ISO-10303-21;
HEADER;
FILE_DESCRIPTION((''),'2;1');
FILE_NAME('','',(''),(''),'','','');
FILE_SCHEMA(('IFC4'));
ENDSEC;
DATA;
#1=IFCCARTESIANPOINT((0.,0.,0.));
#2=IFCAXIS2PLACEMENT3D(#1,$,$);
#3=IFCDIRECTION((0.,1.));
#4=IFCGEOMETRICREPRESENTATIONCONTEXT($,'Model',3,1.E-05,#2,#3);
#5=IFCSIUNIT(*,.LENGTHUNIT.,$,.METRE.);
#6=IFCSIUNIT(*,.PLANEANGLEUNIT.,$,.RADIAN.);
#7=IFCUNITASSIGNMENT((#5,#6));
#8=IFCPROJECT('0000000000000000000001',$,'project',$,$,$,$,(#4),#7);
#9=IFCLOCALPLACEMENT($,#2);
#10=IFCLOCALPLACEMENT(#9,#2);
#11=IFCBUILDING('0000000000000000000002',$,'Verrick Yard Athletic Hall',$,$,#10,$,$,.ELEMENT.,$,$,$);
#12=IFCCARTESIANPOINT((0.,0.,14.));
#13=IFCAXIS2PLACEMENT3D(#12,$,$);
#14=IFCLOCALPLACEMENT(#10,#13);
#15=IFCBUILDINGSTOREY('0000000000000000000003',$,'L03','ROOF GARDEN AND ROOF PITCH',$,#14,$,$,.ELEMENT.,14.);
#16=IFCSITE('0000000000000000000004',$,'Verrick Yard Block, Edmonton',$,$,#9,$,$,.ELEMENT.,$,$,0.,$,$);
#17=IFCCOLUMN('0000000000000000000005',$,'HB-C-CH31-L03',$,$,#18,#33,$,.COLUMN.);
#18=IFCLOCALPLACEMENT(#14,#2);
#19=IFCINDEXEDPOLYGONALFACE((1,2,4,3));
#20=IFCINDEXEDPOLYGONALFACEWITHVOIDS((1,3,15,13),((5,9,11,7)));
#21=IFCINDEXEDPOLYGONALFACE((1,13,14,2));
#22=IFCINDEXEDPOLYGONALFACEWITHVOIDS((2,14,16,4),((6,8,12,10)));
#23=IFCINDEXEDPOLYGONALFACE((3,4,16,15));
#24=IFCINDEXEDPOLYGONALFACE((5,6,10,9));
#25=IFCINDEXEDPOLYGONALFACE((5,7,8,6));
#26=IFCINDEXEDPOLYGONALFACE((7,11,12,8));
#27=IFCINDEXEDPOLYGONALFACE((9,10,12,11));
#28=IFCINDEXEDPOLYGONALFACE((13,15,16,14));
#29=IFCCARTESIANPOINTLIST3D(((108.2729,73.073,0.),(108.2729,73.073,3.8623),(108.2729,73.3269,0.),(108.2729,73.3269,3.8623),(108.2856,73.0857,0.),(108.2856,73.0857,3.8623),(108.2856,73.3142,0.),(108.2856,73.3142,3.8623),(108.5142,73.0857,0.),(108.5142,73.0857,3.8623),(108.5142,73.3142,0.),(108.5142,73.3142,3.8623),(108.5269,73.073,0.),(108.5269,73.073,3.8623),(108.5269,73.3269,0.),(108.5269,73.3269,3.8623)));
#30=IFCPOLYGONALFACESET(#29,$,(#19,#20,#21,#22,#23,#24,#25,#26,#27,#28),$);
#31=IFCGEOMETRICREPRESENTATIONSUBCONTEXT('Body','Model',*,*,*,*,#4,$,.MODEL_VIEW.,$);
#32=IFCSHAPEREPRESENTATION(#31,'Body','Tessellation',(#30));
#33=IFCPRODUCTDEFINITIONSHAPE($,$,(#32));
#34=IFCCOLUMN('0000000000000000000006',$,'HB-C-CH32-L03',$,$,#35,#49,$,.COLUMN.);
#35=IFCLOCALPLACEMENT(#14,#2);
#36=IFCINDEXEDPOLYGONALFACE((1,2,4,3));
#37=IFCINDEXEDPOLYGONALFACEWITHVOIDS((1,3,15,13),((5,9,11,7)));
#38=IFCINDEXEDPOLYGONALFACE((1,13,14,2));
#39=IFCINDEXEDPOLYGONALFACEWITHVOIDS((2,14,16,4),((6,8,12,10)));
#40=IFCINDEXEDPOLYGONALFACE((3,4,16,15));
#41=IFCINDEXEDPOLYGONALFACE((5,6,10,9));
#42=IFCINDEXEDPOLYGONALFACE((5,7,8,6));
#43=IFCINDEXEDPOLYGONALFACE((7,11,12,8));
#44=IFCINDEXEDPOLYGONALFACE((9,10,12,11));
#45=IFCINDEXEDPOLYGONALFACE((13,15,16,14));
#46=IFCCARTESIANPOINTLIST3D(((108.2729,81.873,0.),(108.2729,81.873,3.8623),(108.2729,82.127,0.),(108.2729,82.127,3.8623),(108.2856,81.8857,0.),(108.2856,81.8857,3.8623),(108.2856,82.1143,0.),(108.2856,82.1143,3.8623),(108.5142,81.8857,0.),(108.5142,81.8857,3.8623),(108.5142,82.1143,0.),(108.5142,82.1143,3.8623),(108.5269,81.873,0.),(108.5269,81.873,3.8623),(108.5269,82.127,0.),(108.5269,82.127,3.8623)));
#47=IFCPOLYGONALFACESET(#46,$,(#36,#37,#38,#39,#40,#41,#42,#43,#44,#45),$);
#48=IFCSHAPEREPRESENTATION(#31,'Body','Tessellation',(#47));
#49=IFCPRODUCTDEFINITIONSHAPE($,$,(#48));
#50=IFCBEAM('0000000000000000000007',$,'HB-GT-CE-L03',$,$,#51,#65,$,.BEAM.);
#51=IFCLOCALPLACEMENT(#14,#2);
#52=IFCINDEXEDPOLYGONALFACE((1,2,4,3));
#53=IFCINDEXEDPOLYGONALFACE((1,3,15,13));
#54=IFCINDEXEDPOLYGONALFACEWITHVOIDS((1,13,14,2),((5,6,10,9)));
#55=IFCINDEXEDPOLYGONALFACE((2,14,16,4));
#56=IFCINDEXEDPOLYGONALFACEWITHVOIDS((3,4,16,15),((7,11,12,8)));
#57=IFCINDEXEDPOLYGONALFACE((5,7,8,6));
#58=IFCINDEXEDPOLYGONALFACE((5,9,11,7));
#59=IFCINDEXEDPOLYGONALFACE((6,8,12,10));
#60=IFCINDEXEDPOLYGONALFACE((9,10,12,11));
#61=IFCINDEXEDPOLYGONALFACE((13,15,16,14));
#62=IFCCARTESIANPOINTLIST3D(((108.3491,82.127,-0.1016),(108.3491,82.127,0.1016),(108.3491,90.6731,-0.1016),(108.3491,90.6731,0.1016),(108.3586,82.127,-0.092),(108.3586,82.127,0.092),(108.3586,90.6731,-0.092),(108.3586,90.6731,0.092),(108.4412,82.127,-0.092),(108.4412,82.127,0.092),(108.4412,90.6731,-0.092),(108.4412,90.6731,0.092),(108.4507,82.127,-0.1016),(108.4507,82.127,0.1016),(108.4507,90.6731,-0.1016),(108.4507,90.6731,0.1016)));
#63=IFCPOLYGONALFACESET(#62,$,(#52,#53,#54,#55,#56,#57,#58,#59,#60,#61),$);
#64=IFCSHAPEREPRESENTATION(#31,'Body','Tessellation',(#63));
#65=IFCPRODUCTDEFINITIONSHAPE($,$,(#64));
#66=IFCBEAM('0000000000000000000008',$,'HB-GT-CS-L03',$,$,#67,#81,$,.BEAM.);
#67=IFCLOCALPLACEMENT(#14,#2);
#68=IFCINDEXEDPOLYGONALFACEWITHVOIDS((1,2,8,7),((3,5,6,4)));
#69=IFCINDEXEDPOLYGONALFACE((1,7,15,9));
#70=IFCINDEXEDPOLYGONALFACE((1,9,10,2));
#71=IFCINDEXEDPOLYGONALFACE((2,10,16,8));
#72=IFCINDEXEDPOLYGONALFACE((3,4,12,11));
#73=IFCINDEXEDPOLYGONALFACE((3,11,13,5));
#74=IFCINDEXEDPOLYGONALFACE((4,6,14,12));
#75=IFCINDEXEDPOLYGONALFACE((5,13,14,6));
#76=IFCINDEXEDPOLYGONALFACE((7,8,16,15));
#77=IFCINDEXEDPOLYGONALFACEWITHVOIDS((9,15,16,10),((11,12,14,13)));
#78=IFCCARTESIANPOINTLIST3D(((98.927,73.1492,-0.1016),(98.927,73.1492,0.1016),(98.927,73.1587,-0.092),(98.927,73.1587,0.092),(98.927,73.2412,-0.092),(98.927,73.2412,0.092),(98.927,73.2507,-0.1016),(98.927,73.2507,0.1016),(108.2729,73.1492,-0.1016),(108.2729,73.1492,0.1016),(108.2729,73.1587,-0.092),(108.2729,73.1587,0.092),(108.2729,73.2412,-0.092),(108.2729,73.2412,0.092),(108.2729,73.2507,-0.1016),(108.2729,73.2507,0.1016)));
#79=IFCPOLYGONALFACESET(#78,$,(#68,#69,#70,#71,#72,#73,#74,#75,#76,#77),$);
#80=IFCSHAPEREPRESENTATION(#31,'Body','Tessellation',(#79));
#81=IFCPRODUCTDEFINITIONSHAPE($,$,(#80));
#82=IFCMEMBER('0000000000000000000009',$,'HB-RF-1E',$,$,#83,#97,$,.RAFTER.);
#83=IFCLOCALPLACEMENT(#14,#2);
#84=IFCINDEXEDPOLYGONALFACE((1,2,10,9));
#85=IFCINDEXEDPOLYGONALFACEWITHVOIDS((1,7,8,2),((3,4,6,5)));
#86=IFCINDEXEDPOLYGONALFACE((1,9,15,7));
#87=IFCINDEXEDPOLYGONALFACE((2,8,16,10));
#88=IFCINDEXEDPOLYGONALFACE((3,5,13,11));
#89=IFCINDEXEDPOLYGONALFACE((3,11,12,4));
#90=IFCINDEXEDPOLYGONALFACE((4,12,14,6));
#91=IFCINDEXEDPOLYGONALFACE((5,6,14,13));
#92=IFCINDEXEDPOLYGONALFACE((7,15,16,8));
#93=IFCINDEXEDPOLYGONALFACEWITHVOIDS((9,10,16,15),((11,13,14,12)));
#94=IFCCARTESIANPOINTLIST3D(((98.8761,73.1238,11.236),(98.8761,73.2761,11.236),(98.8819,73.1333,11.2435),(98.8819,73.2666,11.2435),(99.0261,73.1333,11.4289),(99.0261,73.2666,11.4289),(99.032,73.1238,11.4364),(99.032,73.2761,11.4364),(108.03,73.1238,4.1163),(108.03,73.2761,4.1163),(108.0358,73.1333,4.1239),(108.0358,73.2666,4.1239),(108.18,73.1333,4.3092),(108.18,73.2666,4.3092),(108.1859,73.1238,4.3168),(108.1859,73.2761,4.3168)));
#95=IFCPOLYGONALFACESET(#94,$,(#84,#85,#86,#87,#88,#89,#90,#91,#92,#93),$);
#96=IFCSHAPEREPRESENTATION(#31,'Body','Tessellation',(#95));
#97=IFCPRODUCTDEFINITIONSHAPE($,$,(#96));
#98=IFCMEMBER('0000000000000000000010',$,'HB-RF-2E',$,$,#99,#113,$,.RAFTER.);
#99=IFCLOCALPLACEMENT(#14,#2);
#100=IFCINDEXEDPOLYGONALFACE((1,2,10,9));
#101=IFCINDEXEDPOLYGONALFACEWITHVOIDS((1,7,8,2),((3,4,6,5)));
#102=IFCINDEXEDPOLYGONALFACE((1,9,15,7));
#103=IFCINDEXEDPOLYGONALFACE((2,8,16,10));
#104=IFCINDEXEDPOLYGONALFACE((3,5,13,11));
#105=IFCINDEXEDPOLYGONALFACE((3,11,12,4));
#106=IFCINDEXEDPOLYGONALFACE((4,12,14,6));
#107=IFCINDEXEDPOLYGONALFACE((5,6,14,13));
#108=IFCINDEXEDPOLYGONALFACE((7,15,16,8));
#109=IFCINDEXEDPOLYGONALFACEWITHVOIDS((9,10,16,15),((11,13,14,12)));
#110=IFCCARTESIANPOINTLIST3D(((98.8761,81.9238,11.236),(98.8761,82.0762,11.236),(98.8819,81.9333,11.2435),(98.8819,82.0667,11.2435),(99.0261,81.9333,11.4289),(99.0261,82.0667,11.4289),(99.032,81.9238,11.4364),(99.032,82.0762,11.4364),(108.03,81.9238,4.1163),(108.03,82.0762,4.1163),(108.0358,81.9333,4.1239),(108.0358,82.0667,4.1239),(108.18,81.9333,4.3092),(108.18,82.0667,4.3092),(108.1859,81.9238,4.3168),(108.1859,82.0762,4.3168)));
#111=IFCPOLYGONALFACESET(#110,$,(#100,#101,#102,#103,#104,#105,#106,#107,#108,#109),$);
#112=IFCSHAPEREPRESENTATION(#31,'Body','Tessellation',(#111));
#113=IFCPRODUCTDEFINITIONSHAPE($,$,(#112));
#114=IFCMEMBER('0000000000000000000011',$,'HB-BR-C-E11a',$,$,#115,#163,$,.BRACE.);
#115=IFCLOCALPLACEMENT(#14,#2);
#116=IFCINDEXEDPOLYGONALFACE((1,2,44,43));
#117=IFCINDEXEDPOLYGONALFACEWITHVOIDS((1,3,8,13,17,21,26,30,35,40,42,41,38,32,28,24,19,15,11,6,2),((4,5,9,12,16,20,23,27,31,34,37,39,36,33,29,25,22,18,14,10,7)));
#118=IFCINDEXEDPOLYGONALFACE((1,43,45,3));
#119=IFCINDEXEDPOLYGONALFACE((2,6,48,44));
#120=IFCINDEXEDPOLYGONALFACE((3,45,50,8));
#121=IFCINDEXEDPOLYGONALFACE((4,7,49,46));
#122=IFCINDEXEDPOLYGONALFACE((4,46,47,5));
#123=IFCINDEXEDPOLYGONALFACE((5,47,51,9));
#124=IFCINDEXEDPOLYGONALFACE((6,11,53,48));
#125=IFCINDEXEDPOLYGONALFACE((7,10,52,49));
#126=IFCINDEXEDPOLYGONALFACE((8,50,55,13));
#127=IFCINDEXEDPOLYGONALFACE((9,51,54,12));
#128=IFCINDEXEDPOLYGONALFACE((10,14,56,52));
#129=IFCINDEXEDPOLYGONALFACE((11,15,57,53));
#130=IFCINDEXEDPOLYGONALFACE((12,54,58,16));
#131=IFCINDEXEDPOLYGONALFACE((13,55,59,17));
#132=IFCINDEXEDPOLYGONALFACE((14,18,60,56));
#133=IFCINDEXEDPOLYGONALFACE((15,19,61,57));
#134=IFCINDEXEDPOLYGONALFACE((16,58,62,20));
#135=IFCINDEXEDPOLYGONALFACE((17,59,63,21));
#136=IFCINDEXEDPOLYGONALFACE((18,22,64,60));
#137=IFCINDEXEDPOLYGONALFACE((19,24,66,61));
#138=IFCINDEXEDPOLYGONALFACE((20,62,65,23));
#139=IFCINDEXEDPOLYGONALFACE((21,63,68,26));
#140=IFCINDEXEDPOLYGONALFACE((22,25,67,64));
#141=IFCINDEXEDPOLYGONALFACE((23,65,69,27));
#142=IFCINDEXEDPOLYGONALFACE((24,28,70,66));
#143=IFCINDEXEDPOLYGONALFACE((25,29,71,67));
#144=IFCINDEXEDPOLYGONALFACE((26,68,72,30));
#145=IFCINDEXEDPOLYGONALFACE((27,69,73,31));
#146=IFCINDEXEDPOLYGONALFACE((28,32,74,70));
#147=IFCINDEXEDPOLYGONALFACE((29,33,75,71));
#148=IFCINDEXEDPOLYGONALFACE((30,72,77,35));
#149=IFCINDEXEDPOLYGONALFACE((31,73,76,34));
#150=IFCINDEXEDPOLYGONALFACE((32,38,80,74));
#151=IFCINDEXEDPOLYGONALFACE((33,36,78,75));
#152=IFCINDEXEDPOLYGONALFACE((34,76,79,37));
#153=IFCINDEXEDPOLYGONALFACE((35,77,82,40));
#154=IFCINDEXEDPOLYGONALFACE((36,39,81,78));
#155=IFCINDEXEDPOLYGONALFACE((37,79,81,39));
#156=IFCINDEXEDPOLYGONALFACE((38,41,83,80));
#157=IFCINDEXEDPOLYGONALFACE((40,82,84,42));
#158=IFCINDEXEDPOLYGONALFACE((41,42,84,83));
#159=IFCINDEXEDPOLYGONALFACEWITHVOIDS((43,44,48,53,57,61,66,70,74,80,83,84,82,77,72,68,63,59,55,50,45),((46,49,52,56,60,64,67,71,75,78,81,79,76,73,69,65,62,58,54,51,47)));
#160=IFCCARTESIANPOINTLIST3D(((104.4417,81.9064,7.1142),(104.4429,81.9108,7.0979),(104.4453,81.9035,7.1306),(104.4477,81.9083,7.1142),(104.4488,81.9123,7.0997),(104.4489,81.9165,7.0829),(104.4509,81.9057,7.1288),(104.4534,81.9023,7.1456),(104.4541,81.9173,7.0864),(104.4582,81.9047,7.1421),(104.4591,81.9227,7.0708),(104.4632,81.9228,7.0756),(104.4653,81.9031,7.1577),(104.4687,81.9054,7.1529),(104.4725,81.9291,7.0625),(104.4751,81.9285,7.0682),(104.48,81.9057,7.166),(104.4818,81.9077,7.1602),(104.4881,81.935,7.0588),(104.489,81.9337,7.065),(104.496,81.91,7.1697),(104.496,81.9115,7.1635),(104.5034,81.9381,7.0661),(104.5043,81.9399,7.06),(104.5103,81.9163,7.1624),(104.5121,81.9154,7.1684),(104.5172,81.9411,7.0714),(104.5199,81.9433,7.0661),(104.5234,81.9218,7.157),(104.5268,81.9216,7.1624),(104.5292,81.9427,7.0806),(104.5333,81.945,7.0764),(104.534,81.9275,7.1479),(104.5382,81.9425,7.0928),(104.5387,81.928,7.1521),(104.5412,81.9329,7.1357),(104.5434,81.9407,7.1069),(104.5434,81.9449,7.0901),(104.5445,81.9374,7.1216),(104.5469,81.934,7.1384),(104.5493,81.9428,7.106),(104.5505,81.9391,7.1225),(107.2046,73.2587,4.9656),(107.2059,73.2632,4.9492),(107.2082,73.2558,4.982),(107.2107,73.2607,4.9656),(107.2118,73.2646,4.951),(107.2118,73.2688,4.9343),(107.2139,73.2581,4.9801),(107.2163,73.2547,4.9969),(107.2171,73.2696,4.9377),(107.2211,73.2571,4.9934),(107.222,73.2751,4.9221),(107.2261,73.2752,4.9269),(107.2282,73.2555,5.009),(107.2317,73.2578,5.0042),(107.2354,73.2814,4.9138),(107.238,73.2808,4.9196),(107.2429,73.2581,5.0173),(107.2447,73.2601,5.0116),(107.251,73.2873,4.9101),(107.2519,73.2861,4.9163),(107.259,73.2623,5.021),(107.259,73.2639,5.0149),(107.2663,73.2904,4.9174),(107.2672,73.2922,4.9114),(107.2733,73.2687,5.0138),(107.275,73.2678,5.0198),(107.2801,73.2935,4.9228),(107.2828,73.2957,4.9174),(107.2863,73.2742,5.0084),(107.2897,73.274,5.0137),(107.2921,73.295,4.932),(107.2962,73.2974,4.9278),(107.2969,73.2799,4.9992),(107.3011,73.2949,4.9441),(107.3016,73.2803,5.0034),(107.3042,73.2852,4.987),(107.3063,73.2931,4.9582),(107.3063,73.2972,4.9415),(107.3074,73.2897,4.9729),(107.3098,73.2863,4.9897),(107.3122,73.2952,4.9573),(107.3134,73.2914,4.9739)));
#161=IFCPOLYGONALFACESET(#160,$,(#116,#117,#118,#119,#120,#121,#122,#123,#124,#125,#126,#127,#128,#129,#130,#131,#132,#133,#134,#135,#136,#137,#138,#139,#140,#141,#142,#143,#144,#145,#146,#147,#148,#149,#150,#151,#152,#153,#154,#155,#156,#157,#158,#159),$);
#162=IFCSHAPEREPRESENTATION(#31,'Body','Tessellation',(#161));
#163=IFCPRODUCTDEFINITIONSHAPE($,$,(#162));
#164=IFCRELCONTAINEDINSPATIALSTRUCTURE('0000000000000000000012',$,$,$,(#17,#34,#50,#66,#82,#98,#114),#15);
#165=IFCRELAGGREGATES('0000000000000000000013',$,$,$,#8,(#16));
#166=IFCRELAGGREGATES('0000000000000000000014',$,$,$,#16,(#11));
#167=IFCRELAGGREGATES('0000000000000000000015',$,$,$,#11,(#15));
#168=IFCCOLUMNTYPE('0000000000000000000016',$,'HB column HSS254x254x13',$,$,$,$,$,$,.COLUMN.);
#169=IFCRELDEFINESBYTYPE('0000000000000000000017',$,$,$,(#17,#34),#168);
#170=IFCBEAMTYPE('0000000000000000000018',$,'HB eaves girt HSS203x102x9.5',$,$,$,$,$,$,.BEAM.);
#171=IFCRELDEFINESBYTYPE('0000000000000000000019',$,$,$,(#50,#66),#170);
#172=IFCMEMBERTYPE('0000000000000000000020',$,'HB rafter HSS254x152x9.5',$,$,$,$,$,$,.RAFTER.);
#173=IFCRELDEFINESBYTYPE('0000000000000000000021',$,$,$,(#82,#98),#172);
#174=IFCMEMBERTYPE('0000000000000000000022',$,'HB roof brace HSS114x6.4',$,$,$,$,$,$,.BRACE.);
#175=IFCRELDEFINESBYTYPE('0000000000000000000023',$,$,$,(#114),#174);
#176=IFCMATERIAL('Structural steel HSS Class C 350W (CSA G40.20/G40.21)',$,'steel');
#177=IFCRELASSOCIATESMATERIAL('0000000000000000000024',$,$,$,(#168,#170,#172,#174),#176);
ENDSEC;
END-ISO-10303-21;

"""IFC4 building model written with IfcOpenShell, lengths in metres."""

from ifc_helpers import new_model, si_unit, direction, frame, origin, origin_2d, place, context, subcontext, project, spatial, hollow_rectangle, hollow_circle, extrude, material, material_profile, profile_set, type_object, element, save


model = new_model("IFC4")

# Units and contexts
model_context = context("Model", 3, precision=1e-05, world=origin(), true_north=direction((0.0, 1.0)))
body_context = subcontext(model_context, "Body", "Model", "MODEL_VIEW")
ifc_project = project(units=[si_unit("LENGTHUNIT", "METRE"), si_unit("PLANEANGLEUNIT", "RADIAN")], contexts=[model_context])

# Site, building, storey
site_placement = place(None, origin())
site = spatial("IfcSite", under=ifc_project, at=site_placement, Name="Verrick Yard Block, Edmonton", CompositionType="ELEMENT", RefElevation=0.0)
building_placement = place(site_placement, origin())
building = spatial("IfcBuilding", under=site, at=building_placement, Name="Verrick Yard Athletic Hall", CompositionType="ELEMENT")
storey_placement = place(building_placement, frame((0.0, 0.0, 14.0)))
storey = spatial("IfcBuildingStorey", under=building, at=storey_placement, Name="L03", Description="ROOF GARDEN AND ROOF PITCH", CompositionType="ELEMENT", Elevation=14.0)

# Columns
ifc_material_1 = material(Name="Structural steel HSS Class C 350W (CSA G40.20/G40.21)", Category="steel")
ifc_material_profile_1 = material_profile(ifc_material_1, hollow_rectangle(XDim=0.2539, YDim=0.2539, WallThickness=0.0127, at=origin_2d()), Name="HSS254x254x13")
ifc_profile_set_1 = profile_set([ifc_material_profile_1], Name="Structural steel HSS Class C 350W (CSA G40.20/G40.21)")
column_type = type_object("IfcColumnType", Name="HB column HSS254x254x13", PredefinedType="COLUMN", material=ifc_profile_set_1)
for number, where, z_axis, x_axis, name in (
    (1, (108.3999, 73.2, 0.0), (0.0, 0.0, 1.0), (1.0, 0.0, 0.0), "HB-C-CH31-L03"),
    (2, (108.3999, 82.0, 0.0), (0.0, 0.0, 1.0), (1.0, 0.0, 0.0), "HB-C-CH32-L03"),
):
    element("IfcColumn", number, at=place(storey_placement, frame(where, z_axis=z_axis, x_axis=x_axis)), inside=storey, type_object=column_type, Name=name, PredefinedType="COLUMN", context=body_context, shape_type="SweptSolid", body=[
        extrude(hollow_rectangle(XDim=0.2539, YDim=0.2539, WallThickness=0.0127, at=origin_2d()), origin(), (0.0, 0.0, 1.0), 3.8623),
    ])

# Beams
ifc_material_profile_2 = material_profile(ifc_material_1, hollow_rectangle(XDim=0.1016, YDim=0.2031, WallThickness=0.0095, at=origin_2d()), Name="HSS203x102x9.5")
ifc_profile_set_2 = profile_set([ifc_material_profile_2], Name="Structural steel HSS Class C 350W (CSA G40.20/G40.21)")
beam_type_1 = type_object("IfcBeamType", Name="HB eaves girt HSS203x102x9.5", PredefinedType="BEAM", material=ifc_profile_set_2)
beam_1_placement = place(storey_placement, frame((108.3999, 82.127, 0.0), z_axis=(0.0, 1.0, 0.0), x_axis=(-1.0, 0.0, 0.0)))
element("IfcBeam", 3, at=beam_1_placement, inside=storey, type_object=beam_type_1, Name="HB-GT-CE-L03", PredefinedType="BEAM", context=body_context, shape_type="SweptSolid", body=[
    extrude(hollow_rectangle(XDim=0.1016, YDim=0.2031, WallThickness=0.0095, at=origin_2d()), origin(), (0.0, 0.0, 1.0), 8.5461),
])
beam_2_placement = place(storey_placement, frame((98.927, 73.2, 0.0), z_axis=(1.0, 0.0, 0.0), x_axis=(0.0, 1.0, 0.0)))
element("IfcBeam", 4, at=beam_2_placement, inside=storey, type_object=beam_type_1, Name="HB-GT-CS-L03", PredefinedType="BEAM", context=body_context, shape_type="SweptSolid", body=[
    extrude(hollow_rectangle(XDim=0.1016, YDim=0.2031, WallThickness=0.0095, at=origin_2d()), origin(), (0.0, 0.0, 1.0), 9.3459),
])

# Members
ifc_material_profile_3 = material_profile(ifc_material_1, hollow_rectangle(XDim=0.1523, YDim=0.2539, WallThickness=0.0095, at=origin_2d()), Name="HSS254x152x9.5")
ifc_profile_set_3 = profile_set([ifc_material_profile_3], Name="Structural steel HSS Class C 350W (CSA G40.20/G40.21)")
member_type_1 = type_object("IfcMemberType", Name="HB rafter HSS254x152x9.5", PredefinedType="RAFTER", material=ifc_profile_set_3)
for number, where, z_axis, x_axis, name in (
    (5, (108.1079, 73.2, 4.2166), (-0.789352, 0.0, 0.613941), (0.0, -1.0, 0.0), "HB-RF-1E"),
    (6, (108.1079, 82.0, 4.2166), (-0.789352, 0.0, 0.613941), (0.0, -1.0, 0.0), "HB-RF-2E"),
):
    element("IfcMember", number, at=place(storey_placement, frame(where, z_axis=z_axis, x_axis=x_axis)), inside=storey, type_object=member_type_1, Name=name, PredefinedType="RAFTER", context=body_context, shape_type="SweptSolid", body=[
        extrude(hollow_rectangle(XDim=0.1523, YDim=0.2539, WallThickness=0.0095, at=origin_2d()), origin(), (0.0, 0.0, 1.0), 11.5967),
    ])
ifc_material_profile_4 = material_profile(ifc_material_1, hollow_circle(Radius=0.0571, WallThickness=0.0063, at=origin_2d()), Name="HSS114x6.4")
ifc_profile_set_4 = profile_set([ifc_material_profile_4], Name="Structural steel HSS Class C 350W (CSA G40.20/G40.21)")
member_type_2 = type_object("IfcMemberType", Name="HB roof brace HSS114x6.4", PredefinedType="BRACE", material=ifc_profile_set_4)
member_1_placement = place(storey_placement, frame((107.259, 73.2761, 4.9656), z_axis=(-0.296161, 0.926953, 0.230319), x_axis=(-0.952562, -0.304343, 0.0)))
element("IfcMember", 7, at=member_1_placement, inside=storey, type_object=member_type_2, Name="HB-BR-C-E11a", PredefinedType="BRACE", context=body_context, shape_type="SweptSolid", body=[
    extrude(hollow_circle(Radius=0.0571, WallThickness=0.0063, at=origin_2d()), origin(), (0.0, 0.0, 1.0), 9.3291),
])

save(model, "model.ifc")
